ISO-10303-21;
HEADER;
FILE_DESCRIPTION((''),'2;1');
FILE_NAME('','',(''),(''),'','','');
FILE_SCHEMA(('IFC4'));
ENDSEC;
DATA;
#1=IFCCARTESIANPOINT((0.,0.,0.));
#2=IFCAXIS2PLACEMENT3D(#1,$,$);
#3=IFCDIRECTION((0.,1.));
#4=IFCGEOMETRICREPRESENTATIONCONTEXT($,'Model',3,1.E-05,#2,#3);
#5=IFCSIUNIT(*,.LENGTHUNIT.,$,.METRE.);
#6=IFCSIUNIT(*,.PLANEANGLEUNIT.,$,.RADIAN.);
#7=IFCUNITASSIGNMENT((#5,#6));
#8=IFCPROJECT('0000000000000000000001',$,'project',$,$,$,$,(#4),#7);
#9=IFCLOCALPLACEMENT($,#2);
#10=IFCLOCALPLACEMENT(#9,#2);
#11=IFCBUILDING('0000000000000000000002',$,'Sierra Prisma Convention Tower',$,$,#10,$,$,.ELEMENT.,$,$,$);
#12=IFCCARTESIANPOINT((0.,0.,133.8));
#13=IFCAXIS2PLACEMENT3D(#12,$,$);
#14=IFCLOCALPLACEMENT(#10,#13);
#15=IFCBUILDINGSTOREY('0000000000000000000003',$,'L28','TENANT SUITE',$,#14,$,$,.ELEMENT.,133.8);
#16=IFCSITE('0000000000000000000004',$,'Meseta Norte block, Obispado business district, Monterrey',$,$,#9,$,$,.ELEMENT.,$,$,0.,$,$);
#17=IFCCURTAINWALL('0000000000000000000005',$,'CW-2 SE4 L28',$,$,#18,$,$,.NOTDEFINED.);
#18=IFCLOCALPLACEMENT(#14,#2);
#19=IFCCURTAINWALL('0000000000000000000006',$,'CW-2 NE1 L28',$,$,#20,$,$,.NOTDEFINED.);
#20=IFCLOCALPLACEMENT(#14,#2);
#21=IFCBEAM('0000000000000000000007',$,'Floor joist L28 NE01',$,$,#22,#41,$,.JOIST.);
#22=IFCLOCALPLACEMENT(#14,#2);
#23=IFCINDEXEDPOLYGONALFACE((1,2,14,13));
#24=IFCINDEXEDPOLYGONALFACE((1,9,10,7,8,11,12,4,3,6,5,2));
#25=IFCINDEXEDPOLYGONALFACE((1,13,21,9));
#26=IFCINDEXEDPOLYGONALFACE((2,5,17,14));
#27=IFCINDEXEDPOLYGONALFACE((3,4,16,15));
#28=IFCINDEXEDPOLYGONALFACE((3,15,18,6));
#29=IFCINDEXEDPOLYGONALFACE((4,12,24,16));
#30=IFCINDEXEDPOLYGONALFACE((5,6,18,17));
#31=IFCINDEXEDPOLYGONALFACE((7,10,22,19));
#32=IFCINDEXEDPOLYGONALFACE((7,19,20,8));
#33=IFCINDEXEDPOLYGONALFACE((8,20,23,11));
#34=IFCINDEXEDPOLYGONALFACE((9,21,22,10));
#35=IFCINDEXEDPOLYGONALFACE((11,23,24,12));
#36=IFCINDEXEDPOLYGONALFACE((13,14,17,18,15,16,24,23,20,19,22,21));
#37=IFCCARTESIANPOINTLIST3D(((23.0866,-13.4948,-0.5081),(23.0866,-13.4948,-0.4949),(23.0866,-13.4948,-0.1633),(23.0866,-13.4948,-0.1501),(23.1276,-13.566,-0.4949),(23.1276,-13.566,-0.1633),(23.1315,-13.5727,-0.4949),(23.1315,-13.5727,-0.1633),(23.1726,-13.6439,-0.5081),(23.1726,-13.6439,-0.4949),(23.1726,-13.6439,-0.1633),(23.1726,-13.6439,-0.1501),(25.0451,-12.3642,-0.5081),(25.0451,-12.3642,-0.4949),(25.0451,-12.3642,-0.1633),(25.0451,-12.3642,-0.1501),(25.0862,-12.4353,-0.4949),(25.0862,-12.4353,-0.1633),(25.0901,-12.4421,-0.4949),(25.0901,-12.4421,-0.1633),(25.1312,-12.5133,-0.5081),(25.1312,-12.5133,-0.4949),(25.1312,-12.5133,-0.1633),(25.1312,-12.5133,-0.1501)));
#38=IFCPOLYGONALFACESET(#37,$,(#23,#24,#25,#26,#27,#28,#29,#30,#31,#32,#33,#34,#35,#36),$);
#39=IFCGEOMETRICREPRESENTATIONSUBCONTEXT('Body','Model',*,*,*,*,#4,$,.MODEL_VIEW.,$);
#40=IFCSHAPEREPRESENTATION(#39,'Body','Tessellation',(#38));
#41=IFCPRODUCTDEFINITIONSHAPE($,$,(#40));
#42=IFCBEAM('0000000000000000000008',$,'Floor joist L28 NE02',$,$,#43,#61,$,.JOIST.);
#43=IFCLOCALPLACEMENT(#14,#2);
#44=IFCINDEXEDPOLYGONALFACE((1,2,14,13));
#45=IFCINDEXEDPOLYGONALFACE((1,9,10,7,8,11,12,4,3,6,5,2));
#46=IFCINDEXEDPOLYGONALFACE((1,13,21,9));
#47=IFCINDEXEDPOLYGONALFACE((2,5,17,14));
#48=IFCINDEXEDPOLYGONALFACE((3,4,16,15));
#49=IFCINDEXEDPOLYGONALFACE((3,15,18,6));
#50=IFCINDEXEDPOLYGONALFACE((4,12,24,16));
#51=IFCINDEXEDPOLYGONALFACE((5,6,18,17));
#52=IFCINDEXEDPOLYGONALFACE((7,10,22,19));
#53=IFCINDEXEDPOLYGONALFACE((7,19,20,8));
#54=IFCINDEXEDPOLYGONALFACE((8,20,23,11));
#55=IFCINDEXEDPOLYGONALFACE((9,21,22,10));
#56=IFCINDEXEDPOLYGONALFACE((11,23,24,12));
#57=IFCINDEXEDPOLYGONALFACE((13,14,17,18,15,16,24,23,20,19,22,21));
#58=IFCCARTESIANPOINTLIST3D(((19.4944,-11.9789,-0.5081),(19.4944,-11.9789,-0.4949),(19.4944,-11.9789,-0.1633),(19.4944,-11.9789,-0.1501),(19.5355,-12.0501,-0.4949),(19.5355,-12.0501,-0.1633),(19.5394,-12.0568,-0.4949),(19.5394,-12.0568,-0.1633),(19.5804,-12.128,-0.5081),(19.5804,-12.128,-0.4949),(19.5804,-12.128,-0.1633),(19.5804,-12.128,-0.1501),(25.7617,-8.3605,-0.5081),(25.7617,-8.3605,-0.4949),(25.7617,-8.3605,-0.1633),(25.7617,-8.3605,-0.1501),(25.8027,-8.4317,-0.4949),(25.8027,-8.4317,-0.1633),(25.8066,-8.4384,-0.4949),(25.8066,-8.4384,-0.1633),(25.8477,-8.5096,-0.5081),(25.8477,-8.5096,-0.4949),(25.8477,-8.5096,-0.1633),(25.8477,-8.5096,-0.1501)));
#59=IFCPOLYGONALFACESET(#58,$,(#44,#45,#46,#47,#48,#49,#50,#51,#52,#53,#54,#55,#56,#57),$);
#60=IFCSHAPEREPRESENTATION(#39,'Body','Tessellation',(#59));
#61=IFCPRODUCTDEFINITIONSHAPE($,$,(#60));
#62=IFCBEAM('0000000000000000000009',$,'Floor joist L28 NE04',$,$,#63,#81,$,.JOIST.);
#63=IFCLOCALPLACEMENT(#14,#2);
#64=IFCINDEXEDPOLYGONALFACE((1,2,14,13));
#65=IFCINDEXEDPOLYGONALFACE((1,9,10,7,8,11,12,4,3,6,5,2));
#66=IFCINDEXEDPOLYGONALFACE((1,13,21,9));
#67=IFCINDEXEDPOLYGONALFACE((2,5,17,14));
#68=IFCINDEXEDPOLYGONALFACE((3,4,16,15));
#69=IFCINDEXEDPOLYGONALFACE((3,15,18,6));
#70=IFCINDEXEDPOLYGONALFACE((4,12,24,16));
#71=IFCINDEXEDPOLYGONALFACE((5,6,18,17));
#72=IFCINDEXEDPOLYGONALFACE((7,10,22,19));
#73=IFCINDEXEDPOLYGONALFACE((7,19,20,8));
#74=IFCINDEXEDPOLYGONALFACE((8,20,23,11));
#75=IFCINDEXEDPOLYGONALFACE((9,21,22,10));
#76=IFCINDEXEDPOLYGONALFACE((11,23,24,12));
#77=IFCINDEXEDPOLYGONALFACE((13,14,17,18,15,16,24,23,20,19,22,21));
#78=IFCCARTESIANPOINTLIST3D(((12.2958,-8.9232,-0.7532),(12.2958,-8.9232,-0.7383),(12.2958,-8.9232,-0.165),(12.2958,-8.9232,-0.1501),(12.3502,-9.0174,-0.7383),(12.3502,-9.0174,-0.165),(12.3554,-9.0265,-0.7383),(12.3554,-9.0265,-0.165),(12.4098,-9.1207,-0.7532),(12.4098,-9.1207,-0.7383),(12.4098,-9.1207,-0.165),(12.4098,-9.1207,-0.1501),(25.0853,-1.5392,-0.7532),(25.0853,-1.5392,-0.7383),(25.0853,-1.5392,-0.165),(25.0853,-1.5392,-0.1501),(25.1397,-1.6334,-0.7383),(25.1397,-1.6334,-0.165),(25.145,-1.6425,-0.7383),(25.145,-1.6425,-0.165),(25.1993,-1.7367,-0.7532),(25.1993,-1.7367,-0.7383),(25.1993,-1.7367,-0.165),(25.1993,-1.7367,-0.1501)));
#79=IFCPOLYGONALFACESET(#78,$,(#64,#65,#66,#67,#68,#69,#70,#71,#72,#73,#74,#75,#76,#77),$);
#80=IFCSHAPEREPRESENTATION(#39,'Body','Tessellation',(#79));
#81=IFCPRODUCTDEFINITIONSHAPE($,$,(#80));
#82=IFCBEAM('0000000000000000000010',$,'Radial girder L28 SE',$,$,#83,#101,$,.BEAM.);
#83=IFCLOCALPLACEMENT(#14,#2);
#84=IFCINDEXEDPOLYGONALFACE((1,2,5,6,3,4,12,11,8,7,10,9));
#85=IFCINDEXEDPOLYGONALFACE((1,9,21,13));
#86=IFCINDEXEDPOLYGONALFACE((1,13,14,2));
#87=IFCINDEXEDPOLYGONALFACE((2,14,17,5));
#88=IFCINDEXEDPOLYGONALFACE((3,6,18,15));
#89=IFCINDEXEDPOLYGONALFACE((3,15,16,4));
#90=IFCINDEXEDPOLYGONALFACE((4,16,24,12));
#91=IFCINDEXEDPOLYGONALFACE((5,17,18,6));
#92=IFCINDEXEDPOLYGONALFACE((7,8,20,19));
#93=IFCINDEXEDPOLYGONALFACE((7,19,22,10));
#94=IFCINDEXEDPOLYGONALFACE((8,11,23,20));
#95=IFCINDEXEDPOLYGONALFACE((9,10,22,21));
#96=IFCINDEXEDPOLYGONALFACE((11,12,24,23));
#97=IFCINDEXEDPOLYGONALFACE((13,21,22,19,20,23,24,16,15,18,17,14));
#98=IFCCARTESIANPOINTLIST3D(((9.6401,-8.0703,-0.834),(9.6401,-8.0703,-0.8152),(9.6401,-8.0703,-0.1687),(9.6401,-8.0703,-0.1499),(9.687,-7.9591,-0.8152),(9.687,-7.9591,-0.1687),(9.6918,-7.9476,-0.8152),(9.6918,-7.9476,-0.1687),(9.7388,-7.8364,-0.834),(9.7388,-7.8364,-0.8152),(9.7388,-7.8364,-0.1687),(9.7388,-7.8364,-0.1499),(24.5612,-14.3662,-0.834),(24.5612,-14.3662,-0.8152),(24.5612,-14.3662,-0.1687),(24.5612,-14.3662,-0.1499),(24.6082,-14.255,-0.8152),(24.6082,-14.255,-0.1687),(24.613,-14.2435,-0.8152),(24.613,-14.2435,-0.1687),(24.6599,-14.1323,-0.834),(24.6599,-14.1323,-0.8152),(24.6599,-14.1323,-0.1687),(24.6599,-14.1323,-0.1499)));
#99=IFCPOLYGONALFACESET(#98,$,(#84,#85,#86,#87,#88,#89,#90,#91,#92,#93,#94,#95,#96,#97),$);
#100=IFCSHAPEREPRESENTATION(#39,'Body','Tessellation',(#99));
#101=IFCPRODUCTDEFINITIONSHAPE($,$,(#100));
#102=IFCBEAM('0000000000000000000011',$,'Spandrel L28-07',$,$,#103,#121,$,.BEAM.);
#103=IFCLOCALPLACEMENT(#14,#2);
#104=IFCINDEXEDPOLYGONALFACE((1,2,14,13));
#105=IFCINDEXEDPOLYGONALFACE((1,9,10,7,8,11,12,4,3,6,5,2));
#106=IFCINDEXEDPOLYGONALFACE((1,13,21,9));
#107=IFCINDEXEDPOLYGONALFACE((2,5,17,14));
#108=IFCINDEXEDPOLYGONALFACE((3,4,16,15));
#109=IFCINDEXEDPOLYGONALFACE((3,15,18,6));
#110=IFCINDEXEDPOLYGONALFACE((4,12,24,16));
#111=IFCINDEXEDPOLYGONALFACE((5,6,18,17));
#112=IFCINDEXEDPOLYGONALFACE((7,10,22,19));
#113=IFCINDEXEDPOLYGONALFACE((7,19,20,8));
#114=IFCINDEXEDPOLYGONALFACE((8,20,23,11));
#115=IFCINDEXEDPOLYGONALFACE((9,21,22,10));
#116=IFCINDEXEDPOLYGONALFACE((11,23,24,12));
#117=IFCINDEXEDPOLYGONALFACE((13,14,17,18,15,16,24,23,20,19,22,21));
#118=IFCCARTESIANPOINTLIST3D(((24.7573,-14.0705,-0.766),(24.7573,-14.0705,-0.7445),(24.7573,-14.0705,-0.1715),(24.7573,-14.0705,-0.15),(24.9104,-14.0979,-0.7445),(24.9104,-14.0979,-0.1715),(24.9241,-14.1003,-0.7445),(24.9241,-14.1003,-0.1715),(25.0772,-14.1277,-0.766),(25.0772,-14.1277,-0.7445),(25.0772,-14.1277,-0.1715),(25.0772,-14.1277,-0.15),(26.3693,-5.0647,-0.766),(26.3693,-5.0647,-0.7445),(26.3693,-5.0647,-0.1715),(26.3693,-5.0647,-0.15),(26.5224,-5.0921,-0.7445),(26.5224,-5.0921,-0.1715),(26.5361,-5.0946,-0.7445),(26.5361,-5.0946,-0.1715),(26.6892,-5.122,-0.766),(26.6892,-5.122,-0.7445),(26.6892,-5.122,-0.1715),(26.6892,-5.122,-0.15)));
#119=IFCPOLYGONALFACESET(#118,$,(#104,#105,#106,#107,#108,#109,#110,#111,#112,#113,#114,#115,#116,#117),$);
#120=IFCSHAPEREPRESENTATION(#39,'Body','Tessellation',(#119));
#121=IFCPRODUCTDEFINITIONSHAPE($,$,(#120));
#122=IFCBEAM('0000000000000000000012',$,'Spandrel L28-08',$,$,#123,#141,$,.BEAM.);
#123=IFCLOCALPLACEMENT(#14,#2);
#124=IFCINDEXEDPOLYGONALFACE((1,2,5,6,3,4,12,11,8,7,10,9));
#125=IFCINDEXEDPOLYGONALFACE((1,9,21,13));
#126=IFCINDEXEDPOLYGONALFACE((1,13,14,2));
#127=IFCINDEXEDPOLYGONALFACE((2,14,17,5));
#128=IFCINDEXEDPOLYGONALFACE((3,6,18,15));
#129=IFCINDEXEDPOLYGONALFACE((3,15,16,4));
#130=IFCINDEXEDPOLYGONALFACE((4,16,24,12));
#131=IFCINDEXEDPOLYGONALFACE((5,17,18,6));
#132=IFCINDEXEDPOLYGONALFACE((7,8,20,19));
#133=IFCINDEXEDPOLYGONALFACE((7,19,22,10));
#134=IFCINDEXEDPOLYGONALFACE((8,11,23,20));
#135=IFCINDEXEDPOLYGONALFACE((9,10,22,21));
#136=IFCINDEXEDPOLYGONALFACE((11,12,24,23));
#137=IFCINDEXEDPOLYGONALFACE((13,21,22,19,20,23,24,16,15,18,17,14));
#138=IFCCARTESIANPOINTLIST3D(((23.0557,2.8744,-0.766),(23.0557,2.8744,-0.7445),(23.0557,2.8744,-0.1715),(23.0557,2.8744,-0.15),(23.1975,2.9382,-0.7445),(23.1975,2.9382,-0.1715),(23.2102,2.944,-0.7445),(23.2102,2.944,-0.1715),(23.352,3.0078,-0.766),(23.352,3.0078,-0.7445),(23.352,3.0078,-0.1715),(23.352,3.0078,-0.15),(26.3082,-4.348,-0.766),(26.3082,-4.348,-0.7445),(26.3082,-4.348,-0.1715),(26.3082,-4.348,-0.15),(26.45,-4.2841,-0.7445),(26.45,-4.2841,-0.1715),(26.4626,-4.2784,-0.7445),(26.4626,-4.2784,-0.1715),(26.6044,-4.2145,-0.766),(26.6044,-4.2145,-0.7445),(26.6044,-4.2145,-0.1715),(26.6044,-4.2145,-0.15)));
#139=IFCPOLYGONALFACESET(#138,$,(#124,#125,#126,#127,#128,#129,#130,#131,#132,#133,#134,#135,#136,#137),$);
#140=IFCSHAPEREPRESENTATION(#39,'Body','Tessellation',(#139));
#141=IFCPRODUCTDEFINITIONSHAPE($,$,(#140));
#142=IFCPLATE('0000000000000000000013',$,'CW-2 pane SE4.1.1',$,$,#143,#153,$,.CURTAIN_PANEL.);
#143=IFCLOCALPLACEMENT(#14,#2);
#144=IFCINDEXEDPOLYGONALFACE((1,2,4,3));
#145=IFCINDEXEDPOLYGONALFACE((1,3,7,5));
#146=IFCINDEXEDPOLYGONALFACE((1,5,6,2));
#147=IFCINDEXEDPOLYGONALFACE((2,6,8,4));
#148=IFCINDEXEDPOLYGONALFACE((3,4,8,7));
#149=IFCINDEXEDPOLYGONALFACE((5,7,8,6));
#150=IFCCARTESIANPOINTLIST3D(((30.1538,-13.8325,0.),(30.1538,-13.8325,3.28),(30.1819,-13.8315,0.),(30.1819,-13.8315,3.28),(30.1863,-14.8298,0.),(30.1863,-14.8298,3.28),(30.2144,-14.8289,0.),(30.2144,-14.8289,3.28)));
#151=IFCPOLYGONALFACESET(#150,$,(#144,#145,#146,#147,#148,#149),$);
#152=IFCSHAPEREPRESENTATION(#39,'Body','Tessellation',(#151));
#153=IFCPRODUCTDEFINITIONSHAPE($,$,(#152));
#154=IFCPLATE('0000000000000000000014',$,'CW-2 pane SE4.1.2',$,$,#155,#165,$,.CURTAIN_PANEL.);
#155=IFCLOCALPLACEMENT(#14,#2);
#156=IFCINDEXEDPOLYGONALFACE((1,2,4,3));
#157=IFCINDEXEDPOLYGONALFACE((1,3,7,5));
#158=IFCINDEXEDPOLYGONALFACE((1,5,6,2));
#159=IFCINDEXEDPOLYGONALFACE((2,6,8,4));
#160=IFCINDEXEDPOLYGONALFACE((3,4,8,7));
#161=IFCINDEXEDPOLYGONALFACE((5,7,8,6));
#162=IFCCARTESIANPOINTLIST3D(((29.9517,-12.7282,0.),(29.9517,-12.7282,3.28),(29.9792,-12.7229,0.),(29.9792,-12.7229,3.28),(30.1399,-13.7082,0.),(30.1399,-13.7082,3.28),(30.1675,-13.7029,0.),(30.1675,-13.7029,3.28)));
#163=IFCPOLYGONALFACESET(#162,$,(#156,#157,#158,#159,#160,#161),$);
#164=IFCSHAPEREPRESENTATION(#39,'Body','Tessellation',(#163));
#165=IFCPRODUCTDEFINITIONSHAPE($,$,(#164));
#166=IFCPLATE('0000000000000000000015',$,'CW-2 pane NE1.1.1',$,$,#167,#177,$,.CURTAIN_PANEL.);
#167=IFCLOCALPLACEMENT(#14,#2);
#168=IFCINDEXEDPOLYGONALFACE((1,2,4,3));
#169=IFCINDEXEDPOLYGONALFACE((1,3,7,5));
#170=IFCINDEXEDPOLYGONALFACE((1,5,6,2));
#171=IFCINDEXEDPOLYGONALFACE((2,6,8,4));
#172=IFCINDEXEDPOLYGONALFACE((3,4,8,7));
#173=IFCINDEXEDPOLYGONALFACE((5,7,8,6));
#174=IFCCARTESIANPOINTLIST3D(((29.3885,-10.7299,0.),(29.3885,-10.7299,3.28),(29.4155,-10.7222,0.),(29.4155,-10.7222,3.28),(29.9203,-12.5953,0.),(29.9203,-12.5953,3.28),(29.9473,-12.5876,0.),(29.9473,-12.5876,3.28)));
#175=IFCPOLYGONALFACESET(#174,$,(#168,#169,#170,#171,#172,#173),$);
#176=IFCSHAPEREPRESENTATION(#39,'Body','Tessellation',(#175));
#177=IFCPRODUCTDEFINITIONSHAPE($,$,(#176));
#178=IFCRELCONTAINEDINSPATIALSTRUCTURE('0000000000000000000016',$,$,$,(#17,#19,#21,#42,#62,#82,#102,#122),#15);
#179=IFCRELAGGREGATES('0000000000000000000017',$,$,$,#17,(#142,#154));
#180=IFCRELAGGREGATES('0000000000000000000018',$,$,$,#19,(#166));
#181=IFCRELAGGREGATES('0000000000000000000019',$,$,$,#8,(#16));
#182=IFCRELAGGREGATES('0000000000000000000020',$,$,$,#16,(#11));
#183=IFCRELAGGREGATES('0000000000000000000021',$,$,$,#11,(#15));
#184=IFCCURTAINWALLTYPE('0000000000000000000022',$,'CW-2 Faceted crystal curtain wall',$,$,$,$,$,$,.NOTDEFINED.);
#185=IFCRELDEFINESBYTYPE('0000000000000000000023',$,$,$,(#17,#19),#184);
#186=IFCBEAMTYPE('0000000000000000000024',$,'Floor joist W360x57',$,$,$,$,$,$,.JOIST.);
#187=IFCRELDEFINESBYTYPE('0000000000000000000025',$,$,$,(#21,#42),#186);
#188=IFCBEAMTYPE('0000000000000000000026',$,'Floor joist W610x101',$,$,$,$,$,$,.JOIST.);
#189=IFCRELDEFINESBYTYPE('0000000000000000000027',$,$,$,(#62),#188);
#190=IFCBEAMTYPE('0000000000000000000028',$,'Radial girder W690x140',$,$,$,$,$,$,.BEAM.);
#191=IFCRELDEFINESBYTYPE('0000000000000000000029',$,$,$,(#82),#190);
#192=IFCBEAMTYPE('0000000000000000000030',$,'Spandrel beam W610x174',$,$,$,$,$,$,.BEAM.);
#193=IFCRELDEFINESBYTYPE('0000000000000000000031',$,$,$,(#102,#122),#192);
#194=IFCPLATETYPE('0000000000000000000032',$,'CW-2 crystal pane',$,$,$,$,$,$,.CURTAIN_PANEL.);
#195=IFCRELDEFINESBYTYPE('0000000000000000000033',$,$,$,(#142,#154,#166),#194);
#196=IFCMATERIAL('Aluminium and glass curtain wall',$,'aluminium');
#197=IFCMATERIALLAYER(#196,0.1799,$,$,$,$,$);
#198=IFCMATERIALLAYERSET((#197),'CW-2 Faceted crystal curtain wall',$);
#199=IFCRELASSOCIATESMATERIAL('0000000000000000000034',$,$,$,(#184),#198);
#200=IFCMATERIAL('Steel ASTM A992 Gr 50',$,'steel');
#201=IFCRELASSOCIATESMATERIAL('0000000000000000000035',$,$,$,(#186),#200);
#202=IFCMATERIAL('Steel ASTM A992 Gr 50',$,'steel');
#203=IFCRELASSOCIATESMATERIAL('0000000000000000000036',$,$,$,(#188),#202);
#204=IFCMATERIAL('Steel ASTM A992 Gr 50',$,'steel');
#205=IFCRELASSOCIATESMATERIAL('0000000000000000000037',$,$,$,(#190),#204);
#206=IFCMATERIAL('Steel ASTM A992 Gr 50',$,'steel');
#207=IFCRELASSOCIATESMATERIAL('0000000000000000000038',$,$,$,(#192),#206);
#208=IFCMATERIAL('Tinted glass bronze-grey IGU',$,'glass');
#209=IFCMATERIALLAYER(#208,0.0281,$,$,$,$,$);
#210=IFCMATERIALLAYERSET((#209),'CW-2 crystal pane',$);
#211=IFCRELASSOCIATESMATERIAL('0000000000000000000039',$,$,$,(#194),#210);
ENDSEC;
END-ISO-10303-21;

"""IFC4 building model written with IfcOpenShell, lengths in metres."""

from ifc_helpers import new_model, si_unit, direction, frame, origin, origin_2d, place, context, subcontext, project, spatial, polyline, i_section, outline, extrude, material, layer, layer_set, material_profile, profile_set, type_object, element, aggregate, save


model = new_model("IFC4")

# Units and contexts
model_context = context("Model", 3, precision=1e-05, world=origin(), true_north=direction((0.0, 1.0)))
body_context = subcontext(model_context, "Body", "Model", "MODEL_VIEW")
ifc_project = project(units=[si_unit("LENGTHUNIT", "METRE"), si_unit("PLANEANGLEUNIT", "RADIAN")], contexts=[model_context])

# Site, building, storey
site_placement = place(None, origin())
site = spatial("IfcSite", under=ifc_project, at=site_placement, Name="Meseta Norte block, Obispado business district, Monterrey", CompositionType="ELEMENT", RefElevation=0.0)
building_placement = place(site_placement, origin())
building = spatial("IfcBuilding", under=site, at=building_placement, Name="Sierra Prisma Convention Tower", CompositionType="ELEMENT")
storey_placement = place(building_placement, frame((0.0, 0.0, 133.8)))
storey = spatial("IfcBuildingStorey", under=building, at=storey_placement, Name="L28", Description="TENANT SUITE", CompositionType="ELEMENT", Elevation=133.8)

# Curtain wall
ifc_material_1 = material(Name="Aluminium and glass curtain wall", Category="aluminium")
ifc_layer_1 = layer(ifc_material_1, 0.1799)
ifc_layer_set_1 = layer_set([ifc_layer_1], Name="CW-2 Faceted crystal curtain wall")
curtain_wall_type = type_object("IfcCurtainWallType", Name="CW-2 Faceted crystal curtain wall", PredefinedType="NOTDEFINED", material=ifc_layer_set_1)
curtain_wall_1_placement = place(storey_placement, origin())
curtain_wall_1 = element("IfcCurtainWall", 1, at=curtain_wall_1_placement, inside=storey, type_object=curtain_wall_type, Name="CW-2 SE4 L28", PredefinedType="NOTDEFINED")

# Curtain wall
curtain_wall_2_placement = place(storey_placement, origin())
curtain_wall_2 = element("IfcCurtainWall", 2, at=curtain_wall_2_placement, inside=storey, type_object=curtain_wall_type, Name="CW-2 NE1 L28", PredefinedType="NOTDEFINED")

# Beams
ifc_material_2 = material(Name="Steel ASTM A992 Gr 50", Category="steel")
ifc_material_profile_1 = material_profile(ifc_material_2, i_section(OverallWidth=0.1721, OverallDepth=0.3579, WebThickness=0.0078, FlangeThickness=0.0132, at=origin_2d()), Name="W360x57")
ifc_profile_set_1 = profile_set([ifc_material_profile_1], Name="Steel ASTM A992 Gr 50")
beam_type_1 = type_object("IfcBeamType", Name="Floor joist W360x57", PredefinedType="JOIST", material=ifc_profile_set_1)
beam_1_placement = place(storey_placement, frame((25.0881, -12.4387, -0.3291), z_axis=(-0.866049, -0.499959, 0.0), x_axis=(0.499959, -0.866049, 0.0)))
element("IfcBeam", 3, at=beam_1_placement, inside=storey, type_object=beam_type_1, Name="Floor joist L28 NE01", PredefinedType="JOIST", context=body_context, shape_type="SweptSolid", body=[
    extrude(i_section(OverallWidth=0.1721, OverallDepth=0.3579, WebThickness=0.0078, FlangeThickness=0.0132, at=origin_2d()), origin(), (0.0, 0.0, 1.0), 2.2615),
])
beam_2_placement = place(storey_placement, frame((25.8047, -8.4351, -0.3291), z_axis=(-0.866028, -0.499996, 0.0), x_axis=(0.499996, -0.866028, 0.0)))
element("IfcBeam", 4, at=beam_2_placement, inside=storey, type_object=beam_type_1, Name="Floor joist L28 NE02", PredefinedType="JOIST", context=body_context, shape_type="SweptSolid", body=[
    extrude(i_section(OverallWidth=0.1721, OverallDepth=0.3579, WebThickness=0.0078, FlangeThickness=0.0132, at=origin_2d()), origin(), (0.0, 0.0, 1.0), 7.2368),
])
ifc_material_3 = material(Name="Steel ASTM A992 Gr 50", Category="steel")
ifc_material_profile_2 = material_profile(ifc_material_3, i_section(OverallWidth=0.228, OverallDepth=0.603, WebThickness=0.0105, FlangeThickness=0.0149, at=origin_2d()), Name="W610x101")
ifc_profile_set_2 = profile_set([ifc_material_profile_2], Name="Steel ASTM A992 Gr 50")
beam_type_2 = type_object("IfcBeamType", Name="Floor joist W610x101", PredefinedType="JOIST", material=ifc_profile_set_2)
beam_3_placement = place(storey_placement, frame((25.1423, -1.6379, -0.4517), z_axis=(-0.866026, -0.499999, 0.0), x_axis=(0.499999, -0.866026, 0.0)))
element("IfcBeam", 5, at=beam_3_placement, inside=storey, type_object=beam_type_2, Name="Floor joist L28 NE04", PredefinedType="JOIST", context=body_context, shape_type="SweptSolid", body=[
    extrude(i_section(OverallWidth=0.228, OverallDepth=0.603, WebThickness=0.0105, FlangeThickness=0.0149, at=origin_2d()), origin(), (0.0, 0.0, 1.0), 14.7681),
])
ifc_material_4 = material(Name="Steel ASTM A992 Gr 50", Category="steel")
ifc_material_profile_3 = material_profile(ifc_material_4, i_section(OverallWidth=0.2539, OverallDepth=0.6841, WebThickness=0.0125, FlangeThickness=0.0188, at=origin_2d()), Name="W690x140")
ifc_profile_set_3 = profile_set([ifc_material_profile_3], Name="Steel ASTM A992 Gr 50")
beam_type_3 = type_object("IfcBeamType", Name="Radial girder W690x140", PredefinedType="BEAM", material=ifc_profile_set_3)
beam_4_placement = place(storey_placement, frame((24.6106, -14.2493, -0.4919), z_axis=(-0.921341, 0.388755, 0.0), x_axis=(-0.388755, -0.921341, 0.0)))
element("IfcBeam", 6, at=beam_4_placement, inside=storey, type_object=beam_type_3, Name="Radial girder L28 SE", PredefinedType="BEAM", context=body_context, shape_type="SweptSolid", body=[
    extrude(i_section(OverallWidth=0.2539, OverallDepth=0.6841, WebThickness=0.0125, FlangeThickness=0.0188, at=origin_2d()), origin(), (0.0, 0.0, 1.0), 16.1951),
])
ifc_material_5 = material(Name="Steel ASTM A992 Gr 50", Category="steel")
ifc_material_profile_4 = material_profile(ifc_material_5, i_section(OverallWidth=0.325, OverallDepth=0.616, WebThickness=0.0139, FlangeThickness=0.0215, at=origin_2d()), Name="W610x174")
ifc_profile_set_4 = profile_set([ifc_material_profile_4], Name="Steel ASTM A992 Gr 50")
beam_type_4 = type_object("IfcBeamType", Name="Spandrel beam W610x174", PredefinedType="BEAM", material=ifc_profile_set_4)
beam_5_placement = place(storey_placement, frame((24.9172, -14.0991, -0.458), z_axis=(0.176201, 0.984354, 0.0), x_axis=(-0.984354, 0.176201, 0.0)))
element("IfcBeam", 7, at=beam_5_placement, inside=storey, type_object=beam_type_4, Name="Spandrel L28-07", PredefinedType="BEAM", context=body_context, shape_type="SweptSolid", body=[
    extrude(i_section(OverallWidth=0.325, OverallDepth=0.616, WebThickness=0.0139, FlangeThickness=0.0215, at=origin_2d()), origin(), (0.0, 0.0, 1.0), 9.1489),
])
beam_6_placement = place(storey_placement, frame((26.4563, -4.2812, -0.458), z_axis=(-0.410612, 0.91181, 0.0), x_axis=(-0.91181, -0.410612, 0.0)))
element("IfcBeam", 8, at=beam_6_placement, inside=storey, type_object=beam_type_4, Name="Spandrel L28-08", PredefinedType="BEAM", context=body_context, shape_type="SweptSolid", body=[
    extrude(i_section(OverallWidth=0.325, OverallDepth=0.616, WebThickness=0.0139, FlangeThickness=0.0215, at=origin_2d()), origin(), (0.0, 0.0, 1.0), 7.9209),
])

# Plates
ifc_material_6 = material(Name="Tinted glass bronze-grey IGU", Category="glass")
ifc_layer_2 = layer(ifc_material_6, 0.0281)
ifc_layer_set_2 = layer_set([ifc_layer_2], Name="CW-2 crystal pane")
plate_type = type_object("IfcPlateType", Name="CW-2 crystal pane", PredefinedType="CURTAIN_PANEL", material=ifc_layer_set_2)
plate_1_placement = place(storey_placement, frame((30.2144, -14.8289, 0.0), z_axis=(0.99947, 0.032541, 0.0), x_axis=(-0.032541, 0.99947, 0.0)))
plate_1 = element("IfcPlate", 9, at=plate_1_placement, type_object=plate_type, Name="CW-2 pane SE4.1.1", PredefinedType="CURTAIN_PANEL", context=body_context, shape_type="SweptSolid", body=[
    extrude(outline(polyline([(0.0, 0.0), (0.9978, 0.0), (0.9978, 3.28), (0.0, 3.28), (0.0, 0.0)])), origin(), (0.0, 0.0, -1.0), 0.0281),
])
plate_2_placement = place(storey_placement, frame((29.9792, -12.7229, 0.0), z_axis=(0.982048, 0.18863, 0.0), x_axis=(0.18863, -0.982048, 0.0)))
plate_2 = element("IfcPlate", 10, at=plate_2_placement, type_object=plate_type, Name="CW-2 pane SE4.1.2", PredefinedType="CURTAIN_PANEL", context=body_context, shape_type="SweptSolid", body=[
    extrude(outline(polyline([(0.0, 0.0), (0.9979, 0.0), (0.9979, -3.28), (0.0, -3.28), (0.0, 0.0)])), origin(), (0.0, 0.0, -1.0), 0.0281),
])
aggregate(curtain_wall_1, [plate_1, plate_2])
plate_3_placement = place(storey_placement, frame((29.9473, -12.5876, 0.0), z_axis=(0.961695, 0.274123, 0.0), x_axis=(-0.274123, 0.961695, 0.0)))
plate_3 = element("IfcPlate", 11, at=plate_3_placement, type_object=plate_type, Name="CW-2 pane NE1.1.1", PredefinedType="CURTAIN_PANEL", context=body_context, shape_type="SweptSolid", body=[
    extrude(outline(polyline([(0.0, 0.0), (1.9398, 0.0), (1.9398, 3.28), (0.0, 3.28), (0.0, 0.0)])), origin(), (0.0, 0.0, -1.0), 0.0281),
])
aggregate(curtain_wall_2, [plate_3])

save(model, "model.ifc")
